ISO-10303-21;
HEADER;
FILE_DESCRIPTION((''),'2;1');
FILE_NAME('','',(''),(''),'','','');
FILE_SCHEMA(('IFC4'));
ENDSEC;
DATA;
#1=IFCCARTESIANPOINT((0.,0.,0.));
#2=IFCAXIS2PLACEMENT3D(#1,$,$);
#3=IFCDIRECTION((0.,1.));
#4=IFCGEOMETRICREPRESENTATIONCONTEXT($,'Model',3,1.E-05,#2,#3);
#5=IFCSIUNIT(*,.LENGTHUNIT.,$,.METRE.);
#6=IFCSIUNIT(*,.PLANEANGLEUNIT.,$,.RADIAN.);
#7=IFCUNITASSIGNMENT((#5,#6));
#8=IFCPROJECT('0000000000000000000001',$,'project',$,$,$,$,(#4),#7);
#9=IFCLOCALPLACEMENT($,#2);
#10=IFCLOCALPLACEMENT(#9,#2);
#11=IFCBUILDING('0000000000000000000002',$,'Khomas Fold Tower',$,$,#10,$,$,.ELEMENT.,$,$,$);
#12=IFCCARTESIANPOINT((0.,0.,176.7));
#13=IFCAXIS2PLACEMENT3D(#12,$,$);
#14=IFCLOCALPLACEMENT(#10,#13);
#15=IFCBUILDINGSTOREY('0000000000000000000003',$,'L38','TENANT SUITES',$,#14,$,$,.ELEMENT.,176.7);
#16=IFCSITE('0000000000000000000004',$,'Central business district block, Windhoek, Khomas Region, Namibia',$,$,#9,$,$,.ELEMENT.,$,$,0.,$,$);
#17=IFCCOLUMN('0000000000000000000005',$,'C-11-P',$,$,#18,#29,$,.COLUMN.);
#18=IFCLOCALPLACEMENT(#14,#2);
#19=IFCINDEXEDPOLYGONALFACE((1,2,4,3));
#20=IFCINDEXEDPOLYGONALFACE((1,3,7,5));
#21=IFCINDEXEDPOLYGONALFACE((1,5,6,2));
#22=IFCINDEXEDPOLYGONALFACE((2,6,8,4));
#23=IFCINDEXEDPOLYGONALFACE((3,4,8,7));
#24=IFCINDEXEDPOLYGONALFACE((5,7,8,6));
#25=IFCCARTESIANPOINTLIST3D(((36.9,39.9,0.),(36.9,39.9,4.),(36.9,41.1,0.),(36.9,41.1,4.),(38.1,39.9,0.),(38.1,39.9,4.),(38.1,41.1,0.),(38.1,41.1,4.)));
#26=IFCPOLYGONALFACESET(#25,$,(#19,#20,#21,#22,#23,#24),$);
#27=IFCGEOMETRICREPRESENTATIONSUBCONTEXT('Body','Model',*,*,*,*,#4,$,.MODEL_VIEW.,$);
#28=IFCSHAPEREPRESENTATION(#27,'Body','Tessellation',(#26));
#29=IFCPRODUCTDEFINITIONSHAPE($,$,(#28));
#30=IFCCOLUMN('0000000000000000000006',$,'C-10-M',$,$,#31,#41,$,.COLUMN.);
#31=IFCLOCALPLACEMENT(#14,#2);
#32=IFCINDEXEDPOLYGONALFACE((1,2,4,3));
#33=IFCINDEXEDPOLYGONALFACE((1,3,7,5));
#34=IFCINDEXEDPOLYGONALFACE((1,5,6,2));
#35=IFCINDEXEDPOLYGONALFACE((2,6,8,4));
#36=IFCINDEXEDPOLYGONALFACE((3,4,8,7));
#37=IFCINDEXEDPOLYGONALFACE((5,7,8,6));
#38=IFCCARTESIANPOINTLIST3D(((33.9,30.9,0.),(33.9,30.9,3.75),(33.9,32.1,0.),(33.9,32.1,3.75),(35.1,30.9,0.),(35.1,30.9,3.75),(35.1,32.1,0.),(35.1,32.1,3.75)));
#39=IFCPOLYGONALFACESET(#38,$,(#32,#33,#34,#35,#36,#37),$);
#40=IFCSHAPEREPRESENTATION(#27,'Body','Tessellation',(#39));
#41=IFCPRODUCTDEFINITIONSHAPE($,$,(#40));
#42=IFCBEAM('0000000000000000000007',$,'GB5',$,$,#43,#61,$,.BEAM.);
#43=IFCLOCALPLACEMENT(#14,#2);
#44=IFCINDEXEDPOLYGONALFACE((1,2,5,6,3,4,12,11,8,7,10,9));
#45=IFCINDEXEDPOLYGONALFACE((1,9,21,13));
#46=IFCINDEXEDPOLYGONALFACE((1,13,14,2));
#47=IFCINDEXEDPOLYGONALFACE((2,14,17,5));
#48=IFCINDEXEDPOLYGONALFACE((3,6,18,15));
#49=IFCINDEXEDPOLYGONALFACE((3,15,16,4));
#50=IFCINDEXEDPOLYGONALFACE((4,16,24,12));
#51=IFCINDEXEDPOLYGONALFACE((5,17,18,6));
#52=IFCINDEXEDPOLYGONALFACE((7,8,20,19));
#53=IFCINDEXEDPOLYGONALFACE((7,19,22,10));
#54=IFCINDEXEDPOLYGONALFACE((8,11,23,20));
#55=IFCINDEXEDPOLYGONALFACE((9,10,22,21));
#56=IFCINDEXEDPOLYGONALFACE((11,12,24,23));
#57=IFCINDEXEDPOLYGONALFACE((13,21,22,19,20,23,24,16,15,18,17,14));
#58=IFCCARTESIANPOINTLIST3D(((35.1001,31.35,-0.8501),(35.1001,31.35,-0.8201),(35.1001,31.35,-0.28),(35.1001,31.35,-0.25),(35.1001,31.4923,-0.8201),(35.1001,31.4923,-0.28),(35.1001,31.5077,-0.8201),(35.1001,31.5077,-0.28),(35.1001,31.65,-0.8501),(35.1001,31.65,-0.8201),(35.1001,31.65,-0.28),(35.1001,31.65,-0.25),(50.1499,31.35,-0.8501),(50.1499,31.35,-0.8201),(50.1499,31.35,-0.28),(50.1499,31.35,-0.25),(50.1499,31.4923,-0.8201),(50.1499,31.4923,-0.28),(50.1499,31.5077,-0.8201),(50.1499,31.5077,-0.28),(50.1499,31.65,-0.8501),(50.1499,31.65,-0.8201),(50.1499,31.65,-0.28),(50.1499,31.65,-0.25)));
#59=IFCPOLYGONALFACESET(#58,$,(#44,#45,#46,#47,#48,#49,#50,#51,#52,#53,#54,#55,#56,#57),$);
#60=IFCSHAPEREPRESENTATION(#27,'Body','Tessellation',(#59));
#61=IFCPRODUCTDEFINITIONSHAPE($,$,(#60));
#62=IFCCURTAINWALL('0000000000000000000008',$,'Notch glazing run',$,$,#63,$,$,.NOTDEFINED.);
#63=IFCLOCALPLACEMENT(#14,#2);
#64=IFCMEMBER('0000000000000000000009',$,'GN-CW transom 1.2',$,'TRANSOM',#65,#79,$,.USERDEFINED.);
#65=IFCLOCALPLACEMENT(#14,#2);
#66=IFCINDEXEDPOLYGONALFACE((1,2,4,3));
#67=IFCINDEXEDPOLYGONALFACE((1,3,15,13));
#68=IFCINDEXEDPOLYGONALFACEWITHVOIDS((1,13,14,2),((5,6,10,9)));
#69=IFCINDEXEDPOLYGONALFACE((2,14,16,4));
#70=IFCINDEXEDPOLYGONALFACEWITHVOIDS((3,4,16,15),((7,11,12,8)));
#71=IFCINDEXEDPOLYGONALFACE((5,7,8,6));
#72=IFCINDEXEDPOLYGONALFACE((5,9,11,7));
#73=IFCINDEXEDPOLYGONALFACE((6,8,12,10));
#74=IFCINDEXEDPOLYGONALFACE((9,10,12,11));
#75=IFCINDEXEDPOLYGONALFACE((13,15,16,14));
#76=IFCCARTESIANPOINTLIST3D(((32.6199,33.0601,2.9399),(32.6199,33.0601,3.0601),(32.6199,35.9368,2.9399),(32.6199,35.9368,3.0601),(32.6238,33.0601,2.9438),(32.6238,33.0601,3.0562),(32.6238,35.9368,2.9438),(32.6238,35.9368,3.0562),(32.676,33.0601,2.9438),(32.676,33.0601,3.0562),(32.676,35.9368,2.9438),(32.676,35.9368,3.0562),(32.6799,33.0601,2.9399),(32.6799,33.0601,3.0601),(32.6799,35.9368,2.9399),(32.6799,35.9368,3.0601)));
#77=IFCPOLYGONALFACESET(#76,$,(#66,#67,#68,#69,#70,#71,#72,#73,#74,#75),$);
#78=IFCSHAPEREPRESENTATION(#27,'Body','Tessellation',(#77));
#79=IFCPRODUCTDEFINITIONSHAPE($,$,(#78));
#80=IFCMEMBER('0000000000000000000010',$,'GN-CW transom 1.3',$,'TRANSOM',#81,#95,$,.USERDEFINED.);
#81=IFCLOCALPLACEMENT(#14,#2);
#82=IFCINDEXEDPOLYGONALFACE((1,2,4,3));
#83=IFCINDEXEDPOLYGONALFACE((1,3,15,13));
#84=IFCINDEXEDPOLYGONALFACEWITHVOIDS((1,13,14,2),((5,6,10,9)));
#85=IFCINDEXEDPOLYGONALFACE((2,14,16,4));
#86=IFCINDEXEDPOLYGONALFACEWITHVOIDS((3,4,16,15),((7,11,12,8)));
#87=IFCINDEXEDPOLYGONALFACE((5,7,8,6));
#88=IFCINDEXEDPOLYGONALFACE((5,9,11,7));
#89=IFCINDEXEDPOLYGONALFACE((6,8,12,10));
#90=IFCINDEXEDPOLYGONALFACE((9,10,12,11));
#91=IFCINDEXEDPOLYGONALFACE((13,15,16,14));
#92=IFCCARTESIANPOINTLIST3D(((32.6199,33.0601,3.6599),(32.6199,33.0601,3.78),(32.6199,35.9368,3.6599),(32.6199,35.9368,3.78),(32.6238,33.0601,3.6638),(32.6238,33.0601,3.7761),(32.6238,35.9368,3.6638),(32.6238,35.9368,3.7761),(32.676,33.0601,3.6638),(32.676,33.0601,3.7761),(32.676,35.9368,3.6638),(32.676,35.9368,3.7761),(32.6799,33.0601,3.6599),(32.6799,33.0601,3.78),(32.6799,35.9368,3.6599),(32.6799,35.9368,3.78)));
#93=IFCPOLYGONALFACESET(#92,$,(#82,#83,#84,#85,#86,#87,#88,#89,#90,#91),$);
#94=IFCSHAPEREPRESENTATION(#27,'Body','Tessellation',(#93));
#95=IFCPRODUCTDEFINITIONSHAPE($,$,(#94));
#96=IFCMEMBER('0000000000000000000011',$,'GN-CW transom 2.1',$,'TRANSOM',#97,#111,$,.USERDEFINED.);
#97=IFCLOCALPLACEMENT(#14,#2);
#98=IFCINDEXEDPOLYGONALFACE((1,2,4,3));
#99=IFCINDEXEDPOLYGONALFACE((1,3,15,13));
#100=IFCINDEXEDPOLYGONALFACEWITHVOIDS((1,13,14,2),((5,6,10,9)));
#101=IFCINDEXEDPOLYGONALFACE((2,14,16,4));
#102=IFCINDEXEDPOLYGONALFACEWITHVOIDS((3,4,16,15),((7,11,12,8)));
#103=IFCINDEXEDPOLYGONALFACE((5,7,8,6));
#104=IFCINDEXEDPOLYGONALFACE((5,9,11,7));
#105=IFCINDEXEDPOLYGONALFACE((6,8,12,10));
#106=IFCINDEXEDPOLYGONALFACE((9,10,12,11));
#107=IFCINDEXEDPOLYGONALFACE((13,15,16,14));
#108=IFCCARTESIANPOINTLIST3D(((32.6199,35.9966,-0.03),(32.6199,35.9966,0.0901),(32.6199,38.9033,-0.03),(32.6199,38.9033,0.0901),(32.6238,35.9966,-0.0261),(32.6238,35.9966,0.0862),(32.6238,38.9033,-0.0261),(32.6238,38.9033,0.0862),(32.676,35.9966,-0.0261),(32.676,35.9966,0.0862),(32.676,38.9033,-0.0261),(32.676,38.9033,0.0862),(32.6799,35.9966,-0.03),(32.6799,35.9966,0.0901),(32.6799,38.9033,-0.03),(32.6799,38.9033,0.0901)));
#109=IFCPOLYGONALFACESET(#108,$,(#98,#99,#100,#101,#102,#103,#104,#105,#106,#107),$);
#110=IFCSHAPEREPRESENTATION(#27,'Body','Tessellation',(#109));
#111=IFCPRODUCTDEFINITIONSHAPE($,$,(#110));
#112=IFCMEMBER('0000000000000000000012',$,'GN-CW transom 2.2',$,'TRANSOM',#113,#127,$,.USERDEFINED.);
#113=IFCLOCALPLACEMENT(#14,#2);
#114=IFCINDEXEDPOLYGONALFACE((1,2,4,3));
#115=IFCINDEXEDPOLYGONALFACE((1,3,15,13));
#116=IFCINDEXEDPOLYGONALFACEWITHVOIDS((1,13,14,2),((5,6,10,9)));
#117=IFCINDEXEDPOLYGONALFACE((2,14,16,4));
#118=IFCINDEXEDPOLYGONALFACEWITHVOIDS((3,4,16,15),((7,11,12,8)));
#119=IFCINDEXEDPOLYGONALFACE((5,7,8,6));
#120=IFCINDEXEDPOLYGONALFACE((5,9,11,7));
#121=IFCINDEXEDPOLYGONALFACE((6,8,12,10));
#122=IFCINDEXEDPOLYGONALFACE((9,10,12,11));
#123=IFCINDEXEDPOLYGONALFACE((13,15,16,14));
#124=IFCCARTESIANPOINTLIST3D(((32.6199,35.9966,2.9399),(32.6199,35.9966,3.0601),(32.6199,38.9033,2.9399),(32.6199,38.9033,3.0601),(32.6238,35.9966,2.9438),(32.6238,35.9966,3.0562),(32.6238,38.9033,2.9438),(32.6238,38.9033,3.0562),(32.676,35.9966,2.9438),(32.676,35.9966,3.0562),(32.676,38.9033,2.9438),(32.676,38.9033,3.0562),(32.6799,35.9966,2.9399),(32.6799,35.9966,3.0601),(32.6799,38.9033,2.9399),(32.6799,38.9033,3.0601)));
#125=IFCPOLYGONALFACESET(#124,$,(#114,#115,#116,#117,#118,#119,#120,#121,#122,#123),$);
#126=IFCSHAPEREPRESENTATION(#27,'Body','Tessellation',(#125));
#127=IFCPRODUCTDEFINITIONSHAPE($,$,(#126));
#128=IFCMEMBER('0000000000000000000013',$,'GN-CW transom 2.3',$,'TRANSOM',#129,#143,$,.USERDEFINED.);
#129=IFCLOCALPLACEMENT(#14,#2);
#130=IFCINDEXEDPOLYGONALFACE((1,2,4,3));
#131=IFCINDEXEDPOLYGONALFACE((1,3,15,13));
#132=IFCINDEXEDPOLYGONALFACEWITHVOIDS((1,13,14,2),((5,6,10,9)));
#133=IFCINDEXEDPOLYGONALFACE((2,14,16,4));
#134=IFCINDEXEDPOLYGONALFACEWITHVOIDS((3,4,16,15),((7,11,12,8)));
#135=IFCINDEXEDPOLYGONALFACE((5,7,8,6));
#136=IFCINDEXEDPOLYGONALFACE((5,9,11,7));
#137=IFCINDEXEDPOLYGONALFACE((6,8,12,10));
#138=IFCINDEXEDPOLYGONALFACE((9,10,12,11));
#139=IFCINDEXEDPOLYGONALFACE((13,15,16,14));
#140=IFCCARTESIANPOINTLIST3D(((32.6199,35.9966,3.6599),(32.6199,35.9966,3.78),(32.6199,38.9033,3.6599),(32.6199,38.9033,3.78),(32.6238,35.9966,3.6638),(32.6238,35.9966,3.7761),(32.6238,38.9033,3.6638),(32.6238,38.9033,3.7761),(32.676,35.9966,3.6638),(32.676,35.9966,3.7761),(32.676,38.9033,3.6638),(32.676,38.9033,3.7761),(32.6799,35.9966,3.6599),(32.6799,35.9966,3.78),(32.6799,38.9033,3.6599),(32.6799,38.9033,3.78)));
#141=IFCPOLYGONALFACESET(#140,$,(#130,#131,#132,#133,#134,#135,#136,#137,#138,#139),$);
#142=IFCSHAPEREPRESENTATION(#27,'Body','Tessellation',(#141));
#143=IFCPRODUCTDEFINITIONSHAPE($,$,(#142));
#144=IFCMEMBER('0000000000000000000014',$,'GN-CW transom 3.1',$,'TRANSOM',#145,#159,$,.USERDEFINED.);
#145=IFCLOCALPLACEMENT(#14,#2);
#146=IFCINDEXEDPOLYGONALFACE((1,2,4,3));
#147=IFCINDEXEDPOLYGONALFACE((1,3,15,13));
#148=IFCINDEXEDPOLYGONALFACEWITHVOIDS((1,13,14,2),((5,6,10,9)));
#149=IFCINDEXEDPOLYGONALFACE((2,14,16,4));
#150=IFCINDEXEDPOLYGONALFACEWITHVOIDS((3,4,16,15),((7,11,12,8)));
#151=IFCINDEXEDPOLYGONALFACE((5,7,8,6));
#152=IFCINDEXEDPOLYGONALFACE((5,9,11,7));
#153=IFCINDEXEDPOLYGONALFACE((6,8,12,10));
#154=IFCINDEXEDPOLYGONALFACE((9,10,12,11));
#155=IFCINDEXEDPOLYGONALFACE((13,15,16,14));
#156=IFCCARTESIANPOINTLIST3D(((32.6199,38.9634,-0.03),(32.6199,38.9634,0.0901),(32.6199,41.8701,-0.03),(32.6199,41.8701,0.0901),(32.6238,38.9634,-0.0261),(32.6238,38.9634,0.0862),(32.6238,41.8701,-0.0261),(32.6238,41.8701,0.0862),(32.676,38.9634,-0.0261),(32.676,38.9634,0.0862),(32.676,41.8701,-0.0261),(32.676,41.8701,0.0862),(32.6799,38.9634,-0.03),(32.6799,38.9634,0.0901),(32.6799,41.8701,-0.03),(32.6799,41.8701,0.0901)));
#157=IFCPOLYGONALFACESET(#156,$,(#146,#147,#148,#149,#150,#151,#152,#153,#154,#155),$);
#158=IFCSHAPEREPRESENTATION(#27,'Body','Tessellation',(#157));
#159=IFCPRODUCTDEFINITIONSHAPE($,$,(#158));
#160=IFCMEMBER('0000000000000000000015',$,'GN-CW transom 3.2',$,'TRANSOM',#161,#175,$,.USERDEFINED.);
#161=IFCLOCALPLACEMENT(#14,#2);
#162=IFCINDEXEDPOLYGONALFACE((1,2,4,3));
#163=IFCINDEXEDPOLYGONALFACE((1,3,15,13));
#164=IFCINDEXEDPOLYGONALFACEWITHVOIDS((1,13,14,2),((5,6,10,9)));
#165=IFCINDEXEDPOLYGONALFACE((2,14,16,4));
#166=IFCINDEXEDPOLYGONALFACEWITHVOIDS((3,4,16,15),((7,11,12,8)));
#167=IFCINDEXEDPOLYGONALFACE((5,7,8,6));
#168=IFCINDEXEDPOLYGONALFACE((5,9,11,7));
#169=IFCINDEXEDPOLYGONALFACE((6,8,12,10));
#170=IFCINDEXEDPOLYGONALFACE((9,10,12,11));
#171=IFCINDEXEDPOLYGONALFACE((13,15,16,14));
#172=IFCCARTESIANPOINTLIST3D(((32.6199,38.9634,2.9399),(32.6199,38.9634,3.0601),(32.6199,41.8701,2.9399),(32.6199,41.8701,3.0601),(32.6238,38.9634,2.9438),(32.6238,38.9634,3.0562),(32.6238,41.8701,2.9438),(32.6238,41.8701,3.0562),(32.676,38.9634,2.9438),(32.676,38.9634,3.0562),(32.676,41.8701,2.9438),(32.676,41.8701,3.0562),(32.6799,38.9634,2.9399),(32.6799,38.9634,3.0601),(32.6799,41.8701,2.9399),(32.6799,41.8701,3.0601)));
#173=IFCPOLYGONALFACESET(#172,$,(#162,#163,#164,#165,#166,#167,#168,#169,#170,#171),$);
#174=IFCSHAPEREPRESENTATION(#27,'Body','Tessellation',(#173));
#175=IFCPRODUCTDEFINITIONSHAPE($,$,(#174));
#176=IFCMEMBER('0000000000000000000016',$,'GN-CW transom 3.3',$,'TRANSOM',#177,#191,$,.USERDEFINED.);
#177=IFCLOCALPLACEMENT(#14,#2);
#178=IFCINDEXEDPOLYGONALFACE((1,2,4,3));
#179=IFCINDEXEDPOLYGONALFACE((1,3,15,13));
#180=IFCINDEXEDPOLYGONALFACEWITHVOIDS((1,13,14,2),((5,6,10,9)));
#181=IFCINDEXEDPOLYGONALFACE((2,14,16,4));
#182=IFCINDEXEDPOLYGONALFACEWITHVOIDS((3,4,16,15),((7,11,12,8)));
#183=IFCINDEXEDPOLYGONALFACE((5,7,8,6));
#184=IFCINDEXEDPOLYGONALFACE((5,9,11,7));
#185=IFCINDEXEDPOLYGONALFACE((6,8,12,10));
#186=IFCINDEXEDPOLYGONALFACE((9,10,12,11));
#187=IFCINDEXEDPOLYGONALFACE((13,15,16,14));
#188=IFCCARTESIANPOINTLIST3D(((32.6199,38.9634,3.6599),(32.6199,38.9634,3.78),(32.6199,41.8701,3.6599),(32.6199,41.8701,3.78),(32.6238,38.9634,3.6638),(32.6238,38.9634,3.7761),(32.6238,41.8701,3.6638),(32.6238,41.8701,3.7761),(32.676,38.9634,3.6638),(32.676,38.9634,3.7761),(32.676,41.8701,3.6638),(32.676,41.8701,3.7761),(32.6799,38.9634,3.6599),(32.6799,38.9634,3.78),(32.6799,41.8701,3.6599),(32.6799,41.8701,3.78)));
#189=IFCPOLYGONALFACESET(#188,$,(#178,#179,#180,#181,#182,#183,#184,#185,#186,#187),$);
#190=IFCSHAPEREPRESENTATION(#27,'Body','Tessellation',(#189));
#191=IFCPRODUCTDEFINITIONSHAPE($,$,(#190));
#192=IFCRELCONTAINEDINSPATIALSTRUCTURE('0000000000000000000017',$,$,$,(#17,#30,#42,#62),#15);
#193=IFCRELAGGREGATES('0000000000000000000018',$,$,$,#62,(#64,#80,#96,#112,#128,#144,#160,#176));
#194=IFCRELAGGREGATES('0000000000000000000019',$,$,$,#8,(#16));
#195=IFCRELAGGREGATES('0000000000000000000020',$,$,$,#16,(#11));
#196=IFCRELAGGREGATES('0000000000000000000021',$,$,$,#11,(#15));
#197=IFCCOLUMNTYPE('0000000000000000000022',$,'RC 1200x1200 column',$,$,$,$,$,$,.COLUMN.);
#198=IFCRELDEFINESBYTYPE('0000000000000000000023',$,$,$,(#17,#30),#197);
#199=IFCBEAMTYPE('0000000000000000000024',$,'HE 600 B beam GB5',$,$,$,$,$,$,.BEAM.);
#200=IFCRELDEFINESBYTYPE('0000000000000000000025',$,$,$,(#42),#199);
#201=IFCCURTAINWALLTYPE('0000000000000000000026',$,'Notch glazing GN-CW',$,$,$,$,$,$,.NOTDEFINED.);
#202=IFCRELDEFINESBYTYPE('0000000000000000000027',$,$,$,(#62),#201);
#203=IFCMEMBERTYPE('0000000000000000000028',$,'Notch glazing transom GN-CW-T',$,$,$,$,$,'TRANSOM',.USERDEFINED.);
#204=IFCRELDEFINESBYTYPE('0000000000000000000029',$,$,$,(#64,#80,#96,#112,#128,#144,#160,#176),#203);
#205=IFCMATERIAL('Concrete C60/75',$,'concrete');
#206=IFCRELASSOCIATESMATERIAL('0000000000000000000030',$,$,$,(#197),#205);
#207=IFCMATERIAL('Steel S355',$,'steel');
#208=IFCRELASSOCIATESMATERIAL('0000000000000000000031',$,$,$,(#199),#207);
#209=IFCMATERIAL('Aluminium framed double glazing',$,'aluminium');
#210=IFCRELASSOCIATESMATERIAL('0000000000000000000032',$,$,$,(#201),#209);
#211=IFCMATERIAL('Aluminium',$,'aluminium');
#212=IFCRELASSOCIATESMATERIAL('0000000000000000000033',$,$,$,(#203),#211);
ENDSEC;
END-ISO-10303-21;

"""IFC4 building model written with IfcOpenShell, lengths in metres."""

from ifc_helpers import new_model, si_unit, direction, frame, origin, origin_2d, place, context, subcontext, project, spatial, rectangle, hollow_rectangle, i_section, extrude, source, transform, mapped, material, material_profile, profile_set, type_object, element, aggregate, save


model = new_model("IFC4")

# Units and contexts
model_context = context("Model", 3, precision=1e-05, world=origin(), true_north=direction((0.0, 1.0)))
body_context = subcontext(model_context, "Body", "Model", "MODEL_VIEW")
ifc_project = project(units=[si_unit("LENGTHUNIT", "METRE"), si_unit("PLANEANGLEUNIT", "RADIAN")], contexts=[model_context])

# Site, building, storey
site_placement = place(None, origin())
site = spatial("IfcSite", under=ifc_project, at=site_placement, Name="Central business district block, Windhoek, Khomas Region, Namibia", CompositionType="ELEMENT", RefElevation=0.0)
building_placement = place(site_placement, origin())
building = spatial("IfcBuilding", under=site, at=building_placement, Name="Khomas Fold Tower", CompositionType="ELEMENT")
storey_placement = place(building_placement, frame((0.0, 0.0, 176.7)))
storey = spatial("IfcBuildingStorey", under=building, at=storey_placement, Name="L38", Description="TENANT SUITES", CompositionType="ELEMENT", Elevation=176.7)

# Columns
ifc_material_1 = material(Name="Concrete C60/75", Category="concrete")
ifc_material_profile_1 = material_profile(ifc_material_1, rectangle(XDim=1.2, YDim=1.2, at=origin_2d()), Name="RC 1200x1200")
ifc_profile_set_1 = profile_set([ifc_material_profile_1], Name="Concrete C60/75")
column_type = type_object("IfcColumnType", Name="RC 1200x1200 column", PredefinedType="COLUMN", material=ifc_profile_set_1)
shared_shape_1 = source(origin(), body_context, "Body", "SweptSolid", [
    extrude(rectangle(XDim=1.2, YDim=1.2, at=origin_2d()), origin(), (0.0, 0.0, 1.0), 4.0),
])
column_1_placement = place(storey_placement, frame((37.5, 40.5, 0.0), z_axis=(0.0, 0.0, 1.0), x_axis=(1.0, 0.0, 0.0)))
element("IfcColumn", 1, at=column_1_placement, inside=storey, type_object=column_type, Name="C-11-P", PredefinedType="COLUMN", context=body_context, shape_type="MappedRepresentation", body=[
    mapped(shared_shape_1, transform((0.0, 0.0, 0.0))),
])
shared_shape_2 = source(origin(), body_context, "Body", "SweptSolid", [
    extrude(rectangle(XDim=1.2, YDim=1.2, at=origin_2d()), origin(), (0.0, 0.0, 1.0), 3.75),
])
column_2_placement = place(storey_placement, frame((34.5, 31.5, 0.0), z_axis=(0.0, 0.0, 1.0), x_axis=(1.0, 0.0, 0.0)))
element("IfcColumn", 2, at=column_2_placement, inside=storey, type_object=column_type, Name="C-10-M", PredefinedType="COLUMN", context=body_context, shape_type="MappedRepresentation", body=[
    mapped(shared_shape_2, transform((0.0, 0.0, 0.0))),
])

# Beam
ifc_material_2 = material(Name="Steel S355", Category="steel")
ifc_material_profile_2 = material_profile(ifc_material_2, i_section(OverallWidth=0.3, OverallDepth=0.6001, WebThickness=0.0154, FlangeThickness=0.03, at=origin_2d()), Name="HE 600 B")
ifc_profile_set_2 = profile_set([ifc_material_profile_2], Name="Steel S355")
beam_type = type_object("IfcBeamType", Name="HE 600 B beam GB5", PredefinedType="BEAM", material=ifc_profile_set_2)
shared_shape_3 = source(origin(), body_context, "Body", "SweptSolid", [
    extrude(i_section(OverallWidth=0.3, OverallDepth=0.6001, WebThickness=0.0154, FlangeThickness=0.03, at=origin_2d()), origin(), (0.0, 0.0, 1.0), 15.0498),
])
beam_placement = place(storey_placement, frame((35.1001, 31.5, -0.55), z_axis=(1.0, 0.0, 0.0), x_axis=(0.0, 1.0, 0.0)))
element("IfcBeam", 3, at=beam_placement, inside=storey, type_object=beam_type, Name="GB5", PredefinedType="BEAM", context=body_context, shape_type="MappedRepresentation", body=[
    mapped(shared_shape_3, transform((0.0, 0.0, 0.0))),
])

# Curtain wall, members
ifc_material_3 = material(Name="Aluminium framed double glazing", Category="aluminium")
curtain_wall_type = type_object("IfcCurtainWallType", Name="Notch glazing GN-CW", PredefinedType="NOTDEFINED", material=ifc_material_3)
curtain_wall_1_placement = place(storey_placement, origin())
curtain_wall_1 = element("IfcCurtainWall", 4, at=curtain_wall_1_placement, inside=storey, type_object=curtain_wall_type, Name="Notch glazing run", PredefinedType="NOTDEFINED")
ifc_material_4 = material(Name="Aluminium", Category="aluminium")
ifc_material_profile_3 = material_profile(ifc_material_4, hollow_rectangle(XDim=0.0601, YDim=0.1201, WallThickness=0.0039, at=origin_2d()), Name="Notch glazing transom GN-CW-T")
ifc_profile_set_3 = profile_set([ifc_material_profile_3], Name="Aluminium")
member_type_1 = type_object("IfcMemberType", Name="Notch glazing transom GN-CW-T", ElementType="TRANSOM", PredefinedType="USERDEFINED", material=ifc_profile_set_3)
shared_shape_4 = source(origin(), body_context, "Body", "SweptSolid", [
    extrude(hollow_rectangle(XDim=0.0601, YDim=0.1201, WallThickness=0.0039, at=origin_2d()), origin(), (0.0, 0.0, 1.0), 2.8767),
])
member_1_placement = place(storey_placement, frame((32.6499, 33.0601, 3.0), z_axis=(0.0, 1.0, 0.0), x_axis=(-1.0, 0.0, 0.0)))
member_1 = element("IfcMember", 5, at=member_1_placement, type_object=member_type_1, Name="GN-CW transom 1.2", ObjectType="TRANSOM", PredefinedType="USERDEFINED", context=body_context, shape_type="MappedRepresentation", body=[
    mapped(shared_shape_4, transform((0.0, 0.0, 0.0))),
])
member_2_placement = place(storey_placement, frame((32.6499, 33.0601, 3.72), z_axis=(0.0, 1.0, 0.0), x_axis=(-1.0, 0.0, 0.0)))
member_2 = element("IfcMember", 6, at=member_2_placement, type_object=member_type_1, Name="GN-CW transom 1.3", ObjectType="TRANSOM", PredefinedType="USERDEFINED", context=body_context, shape_type="MappedRepresentation", body=[
    mapped(shared_shape_4, transform((0.0, 0.0, 0.0))),
])
shared_shape_5 = source(origin(), body_context, "Body", "SweptSolid", [
    extrude(hollow_rectangle(XDim=0.0601, YDim=0.1201, WallThickness=0.0039, at=origin_2d()), origin(), (0.0, 0.0, 1.0), 2.9067),
])
member_3_placement = place(storey_placement, frame((32.6499, 35.9966, 0.03), z_axis=(0.0, 1.0, 0.0), x_axis=(-1.0, 0.0, 0.0)))
member_3 = element("IfcMember", 7, at=member_3_placement, type_object=member_type_1, Name="GN-CW transom 2.1", ObjectType="TRANSOM", PredefinedType="USERDEFINED", context=body_context, shape_type="MappedRepresentation", body=[
    mapped(shared_shape_5, transform((0.0, 0.0, 0.0))),
])
member_4_placement = place(storey_placement, frame((32.6499, 35.9966, 3.0), z_axis=(0.0, 1.0, 0.0), x_axis=(-1.0, 0.0, 0.0)))
member_4 = element("IfcMember", 8, at=member_4_placement, type_object=member_type_1, Name="GN-CW transom 2.2", ObjectType="TRANSOM", PredefinedType="USERDEFINED", context=body_context, shape_type="MappedRepresentation", body=[
    mapped(shared_shape_5, transform((0.0, 0.0, 0.0))),
])
member_5_placement = place(storey_placement, frame((32.6499, 35.9966, 3.72), z_axis=(0.0, 1.0, 0.0), x_axis=(-1.0, 0.0, 0.0)))
member_5 = element("IfcMember", 9, at=member_5_placement, type_object=member_type_1, Name="GN-CW transom 2.3", ObjectType="TRANSOM", PredefinedType="USERDEFINED", context=body_context, shape_type="MappedRepresentation", body=[
    mapped(shared_shape_5, transform((0.0, 0.0, 0.0))),
])
member_6_placement = place(storey_placement, frame((32.6499, 38.9634, 0.03), z_axis=(0.0, 1.0, 0.0), x_axis=(-1.0, 0.0, 0.0)))
member_6 = element("IfcMember", 10, at=member_6_placement, type_object=member_type_1, Name="GN-CW transom 3.1", ObjectType="TRANSOM", PredefinedType="USERDEFINED", context=body_context, shape_type="MappedRepresentation", body=[
    mapped(shared_shape_5, transform((0.0, 0.0, 0.0))),
])
member_7_placement = place(storey_placement, frame((32.6499, 38.9634, 3.0), z_axis=(0.0, 1.0, 0.0), x_axis=(-1.0, 0.0, 0.0)))
member_7 = element("IfcMember", 11, at=member_7_placement, type_object=member_type_1, Name="GN-CW transom 3.2", ObjectType="TRANSOM", PredefinedType="USERDEFINED", context=body_context, shape_type="MappedRepresentation", body=[
    mapped(shared_shape_5, transform((0.0, 0.0, 0.0))),
])
member_8_placement = place(storey_placement, frame((32.6499, 38.9634, 3.72), z_axis=(0.0, 1.0, 0.0), x_axis=(-1.0, 0.0, 0.0)))
member_8 = element("IfcMember", 12, at=member_8_placement, type_object=member_type_1, Name="GN-CW transom 3.3", ObjectType="TRANSOM", PredefinedType="USERDEFINED", context=body_context, shape_type="MappedRepresentation", body=[
    mapped(shared_shape_5, transform((0.0, 0.0, 0.0))),
])

aggregate(curtain_wall_1, [member_1, member_2, member_3, member_4, member_5, member_6, member_7, member_8])

save(model, "model.ifc")
